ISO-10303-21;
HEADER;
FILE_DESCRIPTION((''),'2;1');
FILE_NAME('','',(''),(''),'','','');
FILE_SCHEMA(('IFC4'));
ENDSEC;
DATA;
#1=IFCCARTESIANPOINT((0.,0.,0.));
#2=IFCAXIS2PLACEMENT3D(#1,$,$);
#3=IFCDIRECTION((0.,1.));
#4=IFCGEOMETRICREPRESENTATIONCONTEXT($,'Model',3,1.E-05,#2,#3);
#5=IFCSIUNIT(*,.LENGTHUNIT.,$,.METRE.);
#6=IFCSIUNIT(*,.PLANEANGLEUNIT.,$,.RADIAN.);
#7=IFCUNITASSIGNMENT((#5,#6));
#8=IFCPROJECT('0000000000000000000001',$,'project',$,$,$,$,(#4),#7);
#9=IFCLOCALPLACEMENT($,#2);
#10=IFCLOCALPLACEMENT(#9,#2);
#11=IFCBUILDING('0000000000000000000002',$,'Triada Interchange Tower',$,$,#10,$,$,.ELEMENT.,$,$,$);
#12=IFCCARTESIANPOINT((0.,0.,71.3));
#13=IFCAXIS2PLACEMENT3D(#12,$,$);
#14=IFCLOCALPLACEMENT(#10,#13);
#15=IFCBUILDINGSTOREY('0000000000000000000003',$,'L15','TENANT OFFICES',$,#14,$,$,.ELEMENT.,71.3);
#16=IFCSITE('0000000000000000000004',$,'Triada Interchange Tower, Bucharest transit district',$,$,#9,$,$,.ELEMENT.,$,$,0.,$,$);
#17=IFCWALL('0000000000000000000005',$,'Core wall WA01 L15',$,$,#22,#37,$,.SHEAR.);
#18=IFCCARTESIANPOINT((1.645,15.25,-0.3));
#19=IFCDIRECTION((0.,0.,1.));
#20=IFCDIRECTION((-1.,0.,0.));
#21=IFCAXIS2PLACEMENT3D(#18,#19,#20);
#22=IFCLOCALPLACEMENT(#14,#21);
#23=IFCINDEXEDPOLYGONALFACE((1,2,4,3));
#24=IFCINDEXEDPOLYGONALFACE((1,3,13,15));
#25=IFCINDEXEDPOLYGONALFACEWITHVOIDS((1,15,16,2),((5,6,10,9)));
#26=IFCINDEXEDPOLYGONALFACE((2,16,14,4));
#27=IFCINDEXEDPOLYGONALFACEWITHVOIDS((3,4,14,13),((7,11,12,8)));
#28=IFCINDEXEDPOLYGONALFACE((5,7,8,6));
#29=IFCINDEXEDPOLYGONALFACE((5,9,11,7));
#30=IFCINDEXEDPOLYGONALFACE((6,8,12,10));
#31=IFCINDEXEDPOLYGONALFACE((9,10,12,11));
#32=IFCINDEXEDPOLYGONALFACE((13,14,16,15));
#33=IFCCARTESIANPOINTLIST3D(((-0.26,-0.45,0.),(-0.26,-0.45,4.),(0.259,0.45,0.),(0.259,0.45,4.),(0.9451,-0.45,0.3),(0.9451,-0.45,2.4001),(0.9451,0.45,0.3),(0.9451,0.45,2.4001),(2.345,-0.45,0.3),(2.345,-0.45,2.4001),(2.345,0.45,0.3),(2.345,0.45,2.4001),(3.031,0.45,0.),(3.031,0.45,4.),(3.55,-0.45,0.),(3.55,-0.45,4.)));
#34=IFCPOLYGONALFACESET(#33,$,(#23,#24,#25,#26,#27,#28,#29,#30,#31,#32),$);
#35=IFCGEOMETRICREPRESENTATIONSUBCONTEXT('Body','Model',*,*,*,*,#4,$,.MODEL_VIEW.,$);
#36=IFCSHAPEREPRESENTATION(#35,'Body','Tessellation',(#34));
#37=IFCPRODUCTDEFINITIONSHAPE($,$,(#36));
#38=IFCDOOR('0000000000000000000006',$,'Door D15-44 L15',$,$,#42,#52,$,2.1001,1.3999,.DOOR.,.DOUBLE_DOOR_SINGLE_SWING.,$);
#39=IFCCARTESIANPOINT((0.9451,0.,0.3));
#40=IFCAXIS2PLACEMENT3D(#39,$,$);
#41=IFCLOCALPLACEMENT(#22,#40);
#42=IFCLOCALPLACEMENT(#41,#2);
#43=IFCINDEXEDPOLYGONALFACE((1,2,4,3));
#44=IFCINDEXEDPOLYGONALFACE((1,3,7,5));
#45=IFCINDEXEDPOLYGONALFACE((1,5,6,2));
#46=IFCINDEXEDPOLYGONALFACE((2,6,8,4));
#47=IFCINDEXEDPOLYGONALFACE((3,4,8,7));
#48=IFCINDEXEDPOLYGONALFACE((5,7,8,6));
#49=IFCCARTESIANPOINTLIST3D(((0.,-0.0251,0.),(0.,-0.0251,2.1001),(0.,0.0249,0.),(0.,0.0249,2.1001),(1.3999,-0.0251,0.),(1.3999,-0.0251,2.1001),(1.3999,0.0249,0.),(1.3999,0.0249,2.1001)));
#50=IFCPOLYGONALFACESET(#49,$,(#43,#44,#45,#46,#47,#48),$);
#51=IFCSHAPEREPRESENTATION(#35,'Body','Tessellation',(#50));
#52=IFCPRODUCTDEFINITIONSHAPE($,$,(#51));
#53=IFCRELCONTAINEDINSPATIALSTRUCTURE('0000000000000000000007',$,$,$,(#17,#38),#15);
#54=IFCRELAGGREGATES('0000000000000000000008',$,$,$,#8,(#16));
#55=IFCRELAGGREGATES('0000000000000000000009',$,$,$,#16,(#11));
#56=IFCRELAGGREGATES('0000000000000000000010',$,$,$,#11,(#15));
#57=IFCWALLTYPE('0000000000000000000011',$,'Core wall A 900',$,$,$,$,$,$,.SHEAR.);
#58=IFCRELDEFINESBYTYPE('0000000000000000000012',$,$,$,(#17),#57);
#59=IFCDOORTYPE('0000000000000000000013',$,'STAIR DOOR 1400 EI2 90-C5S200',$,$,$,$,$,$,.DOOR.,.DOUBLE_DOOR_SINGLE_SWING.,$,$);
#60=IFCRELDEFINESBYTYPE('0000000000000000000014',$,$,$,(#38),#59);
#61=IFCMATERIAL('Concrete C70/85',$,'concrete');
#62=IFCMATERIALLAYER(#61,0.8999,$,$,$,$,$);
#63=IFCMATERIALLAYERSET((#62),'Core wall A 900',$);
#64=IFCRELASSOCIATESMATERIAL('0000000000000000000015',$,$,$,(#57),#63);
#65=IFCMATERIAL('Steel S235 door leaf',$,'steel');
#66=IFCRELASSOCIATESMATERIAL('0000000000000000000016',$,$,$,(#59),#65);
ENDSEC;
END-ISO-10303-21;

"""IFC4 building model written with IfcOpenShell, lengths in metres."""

from ifc_helpers import new_model, si_unit, direction, frame, frame_2d, origin, place, context, subcontext, project, spatial, polyline, rectangle, outline, extrude, material, layer, layer_set, type_object, element, fill, save


model = new_model("IFC4")

# Units and contexts
model_context = context("Model", 3, precision=1e-05, world=origin(), true_north=direction((0.0, 1.0)))
body_context = subcontext(model_context, "Body", "Model", "MODEL_VIEW")
ifc_project = project(units=[si_unit("LENGTHUNIT", "METRE"), si_unit("PLANEANGLEUNIT", "RADIAN")], contexts=[model_context])

# Site, building, storey
site_placement = place(None, origin())
site = spatial("IfcSite", under=ifc_project, at=site_placement, Name="Triada Interchange Tower, Bucharest transit district", CompositionType="ELEMENT", RefElevation=0.0)
building_placement = place(site_placement, origin())
building = spatial("IfcBuilding", under=site, at=building_placement, Name="Triada Interchange Tower", CompositionType="ELEMENT")
storey_placement = place(building_placement, frame((0.0, 0.0, 71.3)))
storey = spatial("IfcBuildingStorey", under=building, at=storey_placement, Name="L15", Description="TENANT OFFICES", CompositionType="ELEMENT", Elevation=71.3)

# Shared definitions
ifc_material_1 = material(Name="Concrete C70/85", Category="concrete")

# Wall, opening, door
ifc_layer_1 = layer(ifc_material_1, 0.8999)
ifc_layer_set_1 = layer_set([ifc_layer_1], Name="Core wall A 900")
wall_type_1 = type_object("IfcWallType", Name="Core wall A 900", PredefinedType="SHEAR", material=ifc_layer_set_1)
wall_1_placement = place(storey_placement, frame((1.645, 15.25, -0.3), z_axis=(0.0, 0.0, 1.0), x_axis=(-1.0, 0.0, 0.0)))
wall_1 = element("IfcWall", 1, at=wall_1_placement, inside=storey, type_object=wall_type_1, Name="Core wall WA01 L15", PredefinedType="SHEAR", context=body_context, shape_type="SweptSolid", body=[
    extrude(outline(polyline([(-0.26, -0.45), (1.645, -0.45), (3.55, -0.45), (3.031, 0.45), (1.645, 0.45), (0.259, 0.45), (-0.26, -0.45)])), origin(), (0.0, 0.0, 1.0), 4.0),
])
opening_1_placement = place(wall_1_placement, frame((0.9451, 0.0, 0.3)))
opening_1 = element("IfcOpeningElement", 2, at=opening_1_placement, cuts=wall_1, PredefinedType="OPENING", context=body_context, shape_type="SweptSolid", body=[
    extrude(rectangle(XDim=1.3999, YDim=2.1001, at=frame_2d((0.7, 1.05))), frame((0.0, 0.46, 0.0), z_axis=(0.0, -1.0, 0.0), x_axis=(1.0, 0.0, 0.0)), (0.0, 0.0, 1.0), 0.9199),
])
ifc_material_2 = material(Name="Steel S235 door leaf", Category="steel")
door_type_1 = type_object("IfcDoorType", Name="STAIR DOOR 1400 EI2 90-C5S200", OperationType="DOUBLE_DOOR_SINGLE_SWING", PredefinedType="DOOR", material=ifc_material_2)
door_1_placement = place(opening_1_placement, origin())
door_1 = element("IfcDoor", 3, at=door_1_placement, inside=storey, type_object=door_type_1, Name="Door D15-44 L15", OperationType="DOUBLE_DOOR_SINGLE_SWING", OverallHeight=2.1001, OverallWidth=1.3999, PredefinedType="DOOR", context=body_context, shape_type="SweptSolid", body=[
    extrude(rectangle(XDim=1.3999, YDim=2.1001, at=frame_2d((0.7, 1.05))), frame((0.0, 0.0249, 0.0), z_axis=(0.0, -1.0, 0.0), x_axis=(1.0, 0.0, 0.0)), (0.0, 0.0, 1.0), 0.05),
])
fill(opening_1, door_1)

save(model, "model.ifc")
